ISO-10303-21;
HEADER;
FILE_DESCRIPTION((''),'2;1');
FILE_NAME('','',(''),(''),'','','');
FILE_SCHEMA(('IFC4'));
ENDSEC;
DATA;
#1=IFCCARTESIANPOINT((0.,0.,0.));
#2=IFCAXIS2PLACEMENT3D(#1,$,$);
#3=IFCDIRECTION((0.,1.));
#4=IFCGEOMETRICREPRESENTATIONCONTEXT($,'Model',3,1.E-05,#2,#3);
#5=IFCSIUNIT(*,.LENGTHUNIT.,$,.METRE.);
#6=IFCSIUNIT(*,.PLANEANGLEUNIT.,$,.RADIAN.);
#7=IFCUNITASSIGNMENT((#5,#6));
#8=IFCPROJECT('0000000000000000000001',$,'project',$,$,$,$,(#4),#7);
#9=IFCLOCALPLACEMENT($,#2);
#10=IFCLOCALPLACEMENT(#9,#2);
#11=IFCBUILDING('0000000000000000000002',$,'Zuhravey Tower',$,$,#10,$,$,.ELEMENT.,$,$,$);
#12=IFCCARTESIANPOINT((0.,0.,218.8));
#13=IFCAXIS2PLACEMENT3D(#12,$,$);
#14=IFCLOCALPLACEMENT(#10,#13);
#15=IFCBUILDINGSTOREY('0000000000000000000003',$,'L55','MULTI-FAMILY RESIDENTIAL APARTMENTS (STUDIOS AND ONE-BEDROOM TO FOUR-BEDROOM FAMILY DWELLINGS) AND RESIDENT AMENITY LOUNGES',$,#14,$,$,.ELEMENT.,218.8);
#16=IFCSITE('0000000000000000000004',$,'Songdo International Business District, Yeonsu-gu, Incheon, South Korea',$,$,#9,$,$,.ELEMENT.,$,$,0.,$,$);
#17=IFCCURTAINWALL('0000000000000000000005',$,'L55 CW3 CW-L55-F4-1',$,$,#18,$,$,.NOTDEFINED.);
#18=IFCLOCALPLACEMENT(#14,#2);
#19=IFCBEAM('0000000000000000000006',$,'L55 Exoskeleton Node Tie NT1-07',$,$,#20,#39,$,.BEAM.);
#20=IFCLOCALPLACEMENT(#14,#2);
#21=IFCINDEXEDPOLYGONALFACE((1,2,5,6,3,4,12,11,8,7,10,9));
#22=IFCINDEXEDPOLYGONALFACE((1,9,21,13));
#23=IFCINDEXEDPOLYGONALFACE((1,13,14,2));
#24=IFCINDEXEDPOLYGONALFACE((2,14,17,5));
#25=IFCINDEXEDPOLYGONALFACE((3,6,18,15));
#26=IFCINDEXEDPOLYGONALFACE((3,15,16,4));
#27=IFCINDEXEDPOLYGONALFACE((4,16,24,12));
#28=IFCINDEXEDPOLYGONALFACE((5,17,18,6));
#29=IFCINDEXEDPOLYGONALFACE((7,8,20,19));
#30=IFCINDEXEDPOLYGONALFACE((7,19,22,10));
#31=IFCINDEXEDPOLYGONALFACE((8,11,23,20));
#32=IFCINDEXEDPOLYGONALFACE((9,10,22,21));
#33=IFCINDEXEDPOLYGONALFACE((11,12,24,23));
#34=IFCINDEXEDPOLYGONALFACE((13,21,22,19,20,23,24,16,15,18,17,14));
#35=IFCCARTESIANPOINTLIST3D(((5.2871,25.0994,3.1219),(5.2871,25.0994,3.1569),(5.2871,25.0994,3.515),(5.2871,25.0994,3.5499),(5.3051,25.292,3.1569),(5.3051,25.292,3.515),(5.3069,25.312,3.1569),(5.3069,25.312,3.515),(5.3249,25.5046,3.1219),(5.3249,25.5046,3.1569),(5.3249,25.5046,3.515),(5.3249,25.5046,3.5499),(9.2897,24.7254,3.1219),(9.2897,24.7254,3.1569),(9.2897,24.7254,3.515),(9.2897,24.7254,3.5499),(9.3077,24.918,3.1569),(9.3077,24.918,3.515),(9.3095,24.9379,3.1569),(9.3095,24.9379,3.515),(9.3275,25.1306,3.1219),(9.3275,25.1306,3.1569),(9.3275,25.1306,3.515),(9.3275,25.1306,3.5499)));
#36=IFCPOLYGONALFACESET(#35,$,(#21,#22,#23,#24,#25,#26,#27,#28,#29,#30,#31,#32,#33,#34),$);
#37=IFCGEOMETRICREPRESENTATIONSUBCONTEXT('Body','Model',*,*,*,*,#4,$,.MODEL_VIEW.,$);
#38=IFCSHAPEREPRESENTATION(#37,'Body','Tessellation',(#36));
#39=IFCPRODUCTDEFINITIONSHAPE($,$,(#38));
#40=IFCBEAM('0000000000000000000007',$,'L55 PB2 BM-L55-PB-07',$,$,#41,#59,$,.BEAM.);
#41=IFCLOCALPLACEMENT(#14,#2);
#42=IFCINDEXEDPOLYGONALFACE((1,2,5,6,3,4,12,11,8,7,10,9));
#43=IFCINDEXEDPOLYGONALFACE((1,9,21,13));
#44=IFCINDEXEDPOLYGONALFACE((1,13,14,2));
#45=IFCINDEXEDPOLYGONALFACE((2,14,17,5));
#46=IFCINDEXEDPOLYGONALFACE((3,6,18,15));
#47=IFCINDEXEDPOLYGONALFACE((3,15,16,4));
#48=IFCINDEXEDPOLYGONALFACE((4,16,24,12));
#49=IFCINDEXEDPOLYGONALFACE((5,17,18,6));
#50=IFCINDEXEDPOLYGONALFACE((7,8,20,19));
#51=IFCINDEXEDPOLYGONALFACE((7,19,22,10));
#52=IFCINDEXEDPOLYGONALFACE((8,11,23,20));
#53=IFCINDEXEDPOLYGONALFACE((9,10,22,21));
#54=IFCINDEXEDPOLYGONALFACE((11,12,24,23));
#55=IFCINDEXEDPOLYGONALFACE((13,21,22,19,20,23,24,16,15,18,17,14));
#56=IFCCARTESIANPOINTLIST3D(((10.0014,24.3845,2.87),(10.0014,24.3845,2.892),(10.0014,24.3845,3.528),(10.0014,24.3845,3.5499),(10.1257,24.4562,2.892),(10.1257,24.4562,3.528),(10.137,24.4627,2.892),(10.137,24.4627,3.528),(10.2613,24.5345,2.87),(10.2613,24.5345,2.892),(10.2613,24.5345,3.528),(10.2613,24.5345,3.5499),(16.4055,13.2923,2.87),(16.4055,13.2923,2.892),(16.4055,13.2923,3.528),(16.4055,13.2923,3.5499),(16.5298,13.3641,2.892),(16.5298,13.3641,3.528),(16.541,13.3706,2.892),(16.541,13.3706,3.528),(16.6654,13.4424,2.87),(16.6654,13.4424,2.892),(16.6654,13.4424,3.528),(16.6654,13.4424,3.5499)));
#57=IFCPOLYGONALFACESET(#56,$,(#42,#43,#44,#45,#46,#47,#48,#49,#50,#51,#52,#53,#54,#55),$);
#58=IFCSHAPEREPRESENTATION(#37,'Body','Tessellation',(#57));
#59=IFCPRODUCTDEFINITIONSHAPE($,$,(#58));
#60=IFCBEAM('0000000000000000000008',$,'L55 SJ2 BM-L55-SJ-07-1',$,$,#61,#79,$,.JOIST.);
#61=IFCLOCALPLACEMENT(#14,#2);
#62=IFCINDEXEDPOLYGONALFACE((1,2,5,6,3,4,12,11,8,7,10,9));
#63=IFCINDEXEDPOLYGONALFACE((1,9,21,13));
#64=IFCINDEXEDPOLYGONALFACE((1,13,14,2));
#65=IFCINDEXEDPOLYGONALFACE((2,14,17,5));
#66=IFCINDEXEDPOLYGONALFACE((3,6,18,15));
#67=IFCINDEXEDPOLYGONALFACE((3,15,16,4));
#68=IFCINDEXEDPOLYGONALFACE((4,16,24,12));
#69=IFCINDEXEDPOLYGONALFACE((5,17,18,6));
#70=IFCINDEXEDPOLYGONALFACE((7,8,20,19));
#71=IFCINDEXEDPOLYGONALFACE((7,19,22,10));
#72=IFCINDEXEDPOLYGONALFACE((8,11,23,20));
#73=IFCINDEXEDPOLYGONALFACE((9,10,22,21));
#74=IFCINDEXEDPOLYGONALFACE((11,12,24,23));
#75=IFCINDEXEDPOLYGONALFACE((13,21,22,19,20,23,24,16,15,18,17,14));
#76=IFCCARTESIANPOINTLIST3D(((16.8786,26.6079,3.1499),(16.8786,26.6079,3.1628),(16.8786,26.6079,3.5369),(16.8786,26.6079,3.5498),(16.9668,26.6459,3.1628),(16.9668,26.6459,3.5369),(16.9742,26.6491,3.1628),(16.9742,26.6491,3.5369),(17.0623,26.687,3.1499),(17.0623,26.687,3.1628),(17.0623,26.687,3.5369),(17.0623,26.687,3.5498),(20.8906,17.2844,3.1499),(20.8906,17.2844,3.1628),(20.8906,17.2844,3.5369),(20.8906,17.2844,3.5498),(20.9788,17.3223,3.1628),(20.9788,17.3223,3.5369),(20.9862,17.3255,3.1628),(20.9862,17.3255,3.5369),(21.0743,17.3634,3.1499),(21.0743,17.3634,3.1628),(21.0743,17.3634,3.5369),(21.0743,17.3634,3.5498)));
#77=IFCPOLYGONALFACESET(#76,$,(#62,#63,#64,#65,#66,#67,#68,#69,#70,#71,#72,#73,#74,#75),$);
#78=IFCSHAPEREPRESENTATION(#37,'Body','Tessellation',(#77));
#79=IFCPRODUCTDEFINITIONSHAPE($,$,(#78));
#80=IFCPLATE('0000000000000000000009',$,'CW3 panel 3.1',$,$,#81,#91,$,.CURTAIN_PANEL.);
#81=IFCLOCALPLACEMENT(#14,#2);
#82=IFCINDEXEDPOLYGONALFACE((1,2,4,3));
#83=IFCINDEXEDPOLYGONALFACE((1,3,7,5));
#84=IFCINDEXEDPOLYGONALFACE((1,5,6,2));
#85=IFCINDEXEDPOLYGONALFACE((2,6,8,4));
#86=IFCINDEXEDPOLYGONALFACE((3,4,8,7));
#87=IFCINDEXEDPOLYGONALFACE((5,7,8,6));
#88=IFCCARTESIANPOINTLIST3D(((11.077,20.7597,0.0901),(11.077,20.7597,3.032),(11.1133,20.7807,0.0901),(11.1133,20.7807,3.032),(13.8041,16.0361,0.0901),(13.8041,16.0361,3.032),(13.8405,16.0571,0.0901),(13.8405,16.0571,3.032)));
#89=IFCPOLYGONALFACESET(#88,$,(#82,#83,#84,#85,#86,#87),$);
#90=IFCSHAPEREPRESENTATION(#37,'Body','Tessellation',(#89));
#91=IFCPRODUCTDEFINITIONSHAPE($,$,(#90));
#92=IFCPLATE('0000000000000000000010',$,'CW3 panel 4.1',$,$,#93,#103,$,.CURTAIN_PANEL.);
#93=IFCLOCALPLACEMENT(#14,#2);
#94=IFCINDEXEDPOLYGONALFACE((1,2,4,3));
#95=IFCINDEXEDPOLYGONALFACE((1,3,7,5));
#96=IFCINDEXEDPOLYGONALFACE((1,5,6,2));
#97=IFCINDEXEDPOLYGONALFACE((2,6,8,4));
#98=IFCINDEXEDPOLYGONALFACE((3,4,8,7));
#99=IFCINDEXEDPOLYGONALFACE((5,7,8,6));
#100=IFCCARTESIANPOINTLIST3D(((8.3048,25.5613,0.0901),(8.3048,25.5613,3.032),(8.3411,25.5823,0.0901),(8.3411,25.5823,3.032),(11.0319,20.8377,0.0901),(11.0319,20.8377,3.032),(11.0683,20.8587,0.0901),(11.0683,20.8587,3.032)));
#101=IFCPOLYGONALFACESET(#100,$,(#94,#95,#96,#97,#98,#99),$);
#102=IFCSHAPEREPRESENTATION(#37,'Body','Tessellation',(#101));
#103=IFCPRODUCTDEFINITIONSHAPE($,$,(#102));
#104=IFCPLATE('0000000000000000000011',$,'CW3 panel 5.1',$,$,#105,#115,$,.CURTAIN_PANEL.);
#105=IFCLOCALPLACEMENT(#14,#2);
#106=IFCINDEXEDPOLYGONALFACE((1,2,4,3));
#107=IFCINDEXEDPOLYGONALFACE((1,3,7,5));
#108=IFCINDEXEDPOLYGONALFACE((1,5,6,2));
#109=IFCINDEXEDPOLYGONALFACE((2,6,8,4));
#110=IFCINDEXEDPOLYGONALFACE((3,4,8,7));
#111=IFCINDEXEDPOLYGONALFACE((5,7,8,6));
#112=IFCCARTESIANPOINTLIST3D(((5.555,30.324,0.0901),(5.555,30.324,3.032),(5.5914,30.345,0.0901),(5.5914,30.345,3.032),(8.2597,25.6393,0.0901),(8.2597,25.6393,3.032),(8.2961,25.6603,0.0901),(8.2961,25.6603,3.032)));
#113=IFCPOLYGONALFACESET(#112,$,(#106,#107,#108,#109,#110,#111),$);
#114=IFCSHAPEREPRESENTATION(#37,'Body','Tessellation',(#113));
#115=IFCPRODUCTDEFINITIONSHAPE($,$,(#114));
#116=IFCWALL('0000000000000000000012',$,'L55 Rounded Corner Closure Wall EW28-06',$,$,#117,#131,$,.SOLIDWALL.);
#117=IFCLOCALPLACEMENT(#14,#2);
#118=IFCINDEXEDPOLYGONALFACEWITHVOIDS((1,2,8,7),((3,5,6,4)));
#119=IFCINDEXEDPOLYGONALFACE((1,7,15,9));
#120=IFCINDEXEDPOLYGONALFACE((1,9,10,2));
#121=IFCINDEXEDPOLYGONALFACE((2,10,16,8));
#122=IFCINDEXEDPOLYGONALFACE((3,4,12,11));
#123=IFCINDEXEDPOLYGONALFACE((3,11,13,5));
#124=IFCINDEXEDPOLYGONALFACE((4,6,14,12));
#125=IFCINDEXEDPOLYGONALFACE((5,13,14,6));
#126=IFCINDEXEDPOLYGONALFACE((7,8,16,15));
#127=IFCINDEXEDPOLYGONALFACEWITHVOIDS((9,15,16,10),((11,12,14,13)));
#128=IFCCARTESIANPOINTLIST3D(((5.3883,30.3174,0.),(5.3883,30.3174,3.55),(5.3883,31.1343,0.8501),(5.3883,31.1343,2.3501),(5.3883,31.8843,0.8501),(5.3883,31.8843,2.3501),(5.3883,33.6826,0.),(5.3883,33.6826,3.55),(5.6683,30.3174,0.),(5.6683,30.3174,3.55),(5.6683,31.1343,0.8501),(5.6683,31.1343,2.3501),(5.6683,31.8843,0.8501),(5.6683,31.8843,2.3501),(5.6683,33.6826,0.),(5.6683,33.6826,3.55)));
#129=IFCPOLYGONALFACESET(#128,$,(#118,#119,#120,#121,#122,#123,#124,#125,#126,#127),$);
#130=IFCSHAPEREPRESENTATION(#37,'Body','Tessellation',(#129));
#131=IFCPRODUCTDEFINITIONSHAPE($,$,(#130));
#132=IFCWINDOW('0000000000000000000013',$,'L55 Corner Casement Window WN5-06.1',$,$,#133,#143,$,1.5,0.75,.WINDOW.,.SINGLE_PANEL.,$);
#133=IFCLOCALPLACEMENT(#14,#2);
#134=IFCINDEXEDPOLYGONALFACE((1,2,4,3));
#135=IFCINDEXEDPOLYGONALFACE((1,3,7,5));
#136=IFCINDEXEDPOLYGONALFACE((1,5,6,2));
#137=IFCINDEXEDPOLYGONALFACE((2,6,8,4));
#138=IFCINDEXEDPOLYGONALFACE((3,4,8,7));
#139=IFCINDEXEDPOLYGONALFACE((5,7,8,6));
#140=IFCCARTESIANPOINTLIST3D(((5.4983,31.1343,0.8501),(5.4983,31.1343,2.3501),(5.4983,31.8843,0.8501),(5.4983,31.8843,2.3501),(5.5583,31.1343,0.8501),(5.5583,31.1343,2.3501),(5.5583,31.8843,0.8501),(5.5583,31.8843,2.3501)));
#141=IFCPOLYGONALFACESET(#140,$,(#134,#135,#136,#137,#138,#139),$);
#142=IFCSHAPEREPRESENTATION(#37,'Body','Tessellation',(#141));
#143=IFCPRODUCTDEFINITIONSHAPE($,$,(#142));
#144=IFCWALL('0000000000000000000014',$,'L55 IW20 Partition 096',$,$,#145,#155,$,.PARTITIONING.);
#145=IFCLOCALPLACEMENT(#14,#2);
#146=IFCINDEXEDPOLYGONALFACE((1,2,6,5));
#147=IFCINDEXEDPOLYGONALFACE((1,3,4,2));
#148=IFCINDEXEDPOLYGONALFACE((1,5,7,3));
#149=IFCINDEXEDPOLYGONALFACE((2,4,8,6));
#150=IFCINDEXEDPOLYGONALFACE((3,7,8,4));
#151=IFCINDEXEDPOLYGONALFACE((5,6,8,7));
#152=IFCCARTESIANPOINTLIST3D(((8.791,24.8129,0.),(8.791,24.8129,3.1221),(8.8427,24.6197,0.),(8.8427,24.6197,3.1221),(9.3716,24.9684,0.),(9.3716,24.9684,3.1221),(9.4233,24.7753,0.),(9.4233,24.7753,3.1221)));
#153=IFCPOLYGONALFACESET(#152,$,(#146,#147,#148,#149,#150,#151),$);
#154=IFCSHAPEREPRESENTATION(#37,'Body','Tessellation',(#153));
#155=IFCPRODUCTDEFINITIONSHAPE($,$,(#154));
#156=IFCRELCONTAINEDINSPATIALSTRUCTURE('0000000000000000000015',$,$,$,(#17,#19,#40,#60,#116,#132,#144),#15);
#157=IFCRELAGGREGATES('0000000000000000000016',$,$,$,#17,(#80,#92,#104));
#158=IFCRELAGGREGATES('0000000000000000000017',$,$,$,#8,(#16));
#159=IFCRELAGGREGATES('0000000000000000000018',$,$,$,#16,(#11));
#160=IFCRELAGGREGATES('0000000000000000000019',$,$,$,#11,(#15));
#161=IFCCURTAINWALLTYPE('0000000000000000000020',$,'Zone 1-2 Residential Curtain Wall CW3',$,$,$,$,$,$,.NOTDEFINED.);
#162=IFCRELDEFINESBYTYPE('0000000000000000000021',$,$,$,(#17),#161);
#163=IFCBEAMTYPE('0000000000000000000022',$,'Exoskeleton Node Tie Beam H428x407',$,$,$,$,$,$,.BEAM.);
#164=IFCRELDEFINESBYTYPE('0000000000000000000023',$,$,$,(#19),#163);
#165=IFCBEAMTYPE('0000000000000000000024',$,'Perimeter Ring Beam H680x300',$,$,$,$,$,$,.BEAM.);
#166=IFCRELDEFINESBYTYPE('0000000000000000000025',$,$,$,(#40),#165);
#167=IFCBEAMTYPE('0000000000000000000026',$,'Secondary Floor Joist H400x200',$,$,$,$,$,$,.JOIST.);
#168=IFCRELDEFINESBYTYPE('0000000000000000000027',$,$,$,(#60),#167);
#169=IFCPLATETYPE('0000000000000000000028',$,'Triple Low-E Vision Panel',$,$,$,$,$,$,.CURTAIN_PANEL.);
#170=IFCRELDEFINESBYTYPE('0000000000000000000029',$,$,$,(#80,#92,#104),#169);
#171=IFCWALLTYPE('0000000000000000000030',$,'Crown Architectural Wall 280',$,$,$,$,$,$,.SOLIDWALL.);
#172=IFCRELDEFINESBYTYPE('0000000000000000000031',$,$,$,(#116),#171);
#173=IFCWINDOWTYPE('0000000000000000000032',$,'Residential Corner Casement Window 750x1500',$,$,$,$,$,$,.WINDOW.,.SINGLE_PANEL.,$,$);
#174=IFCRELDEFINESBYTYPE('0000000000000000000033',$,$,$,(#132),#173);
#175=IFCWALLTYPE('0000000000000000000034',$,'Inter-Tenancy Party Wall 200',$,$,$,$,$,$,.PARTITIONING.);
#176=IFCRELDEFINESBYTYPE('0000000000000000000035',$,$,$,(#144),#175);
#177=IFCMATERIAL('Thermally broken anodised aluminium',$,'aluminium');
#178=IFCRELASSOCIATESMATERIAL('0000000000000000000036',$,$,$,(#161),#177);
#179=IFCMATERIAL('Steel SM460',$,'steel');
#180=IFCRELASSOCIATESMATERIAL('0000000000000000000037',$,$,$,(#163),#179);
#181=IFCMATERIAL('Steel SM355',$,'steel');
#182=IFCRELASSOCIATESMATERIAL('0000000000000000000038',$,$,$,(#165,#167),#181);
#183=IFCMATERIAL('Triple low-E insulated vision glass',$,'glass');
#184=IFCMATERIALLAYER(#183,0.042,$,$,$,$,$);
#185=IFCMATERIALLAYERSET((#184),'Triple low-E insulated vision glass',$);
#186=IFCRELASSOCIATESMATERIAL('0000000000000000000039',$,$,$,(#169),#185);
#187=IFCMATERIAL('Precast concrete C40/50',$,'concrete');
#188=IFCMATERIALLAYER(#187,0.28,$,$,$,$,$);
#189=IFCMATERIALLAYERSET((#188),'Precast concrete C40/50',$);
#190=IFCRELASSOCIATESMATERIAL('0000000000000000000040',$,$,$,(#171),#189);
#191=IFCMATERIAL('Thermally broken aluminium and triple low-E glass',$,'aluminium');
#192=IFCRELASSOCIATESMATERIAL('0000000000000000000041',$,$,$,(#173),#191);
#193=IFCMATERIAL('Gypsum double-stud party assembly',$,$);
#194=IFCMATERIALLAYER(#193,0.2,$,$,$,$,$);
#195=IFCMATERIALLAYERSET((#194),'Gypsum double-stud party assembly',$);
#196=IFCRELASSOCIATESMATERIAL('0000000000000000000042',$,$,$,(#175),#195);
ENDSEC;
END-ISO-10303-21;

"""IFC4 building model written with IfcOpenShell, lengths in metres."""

from ifc_helpers import new_model, si_unit, direction, frame, frame_2d, origin, origin_2d, place, context, subcontext, project, spatial, rectangle, i_section, extrude, material, layer, layer_set, material_profile, profile_set, type_object, element, fill, aggregate, save


model = new_model("IFC4")

# Units and contexts
model_context = context("Model", 3, precision=1e-05, world=origin(), true_north=direction((0.0, 1.0)))
body_context = subcontext(model_context, "Body", "Model", "MODEL_VIEW")
ifc_project = project(units=[si_unit("LENGTHUNIT", "METRE"), si_unit("PLANEANGLEUNIT", "RADIAN")], contexts=[model_context])

# Site, building, storey
site_placement = place(None, origin())
site = spatial("IfcSite", under=ifc_project, at=site_placement, Name="Songdo International Business District, Yeonsu-gu, Incheon, South Korea", CompositionType="ELEMENT", RefElevation=0.0)
building_placement = place(site_placement, origin())
building = spatial("IfcBuilding", under=site, at=building_placement, Name="Zuhravey Tower", CompositionType="ELEMENT")
storey_placement = place(building_placement, frame((0.0, 0.0, 218.8)))
storey = spatial("IfcBuildingStorey", under=building, at=storey_placement, Name="L55", Description="MULTI-FAMILY RESIDENTIAL APARTMENTS (STUDIOS AND ONE-BEDROOM TO FOUR-BEDROOM FAMILY DWELLINGS) AND RESIDENT AMENITY LOUNGES", CompositionType="ELEMENT", Elevation=218.8)

# Curtain wall
ifc_material_1 = material(Name="Thermally broken anodised aluminium", Category="aluminium")
curtain_wall_type = type_object("IfcCurtainWallType", Name="Zone 1-2 Residential Curtain Wall CW3", PredefinedType="NOTDEFINED", material=ifc_material_1)
curtain_wall_placement = place(storey_placement, origin())
curtain_wall = element("IfcCurtainWall", 1, at=curtain_wall_placement, inside=storey, type_object=curtain_wall_type, Name="L55 CW3 CW-L55-F4-1", PredefinedType="NOTDEFINED")

# Beams
ifc_material_2 = material(Name="Steel SM460", Category="steel")
ifc_material_profile_1 = material_profile(ifc_material_2, i_section(OverallWidth=0.407, OverallDepth=0.428, WebThickness=0.02, FlangeThickness=0.0349, at=origin_2d()), Name="H-428x407x20x35")
ifc_profile_set_1 = profile_set([ifc_material_profile_1], Name="Steel SM460")
beam_type_1 = type_object("IfcBeamType", Name="Exoskeleton Node Tie Beam H428x407", PredefinedType="BEAM", material=ifc_profile_set_1)
beam_1_placement = place(storey_placement, frame((9.3086, 24.928, 3.3359), z_axis=(-0.995663, 0.093038, 0.0), x_axis=(-0.093038, -0.995663, 0.0)))
element("IfcBeam", 2, at=beam_1_placement, inside=storey, type_object=beam_type_1, Name="L55 Exoskeleton Node Tie NT1-07", PredefinedType="BEAM", context=body_context, shape_type="SweptSolid", body=[
    extrude(i_section(OverallWidth=0.407, OverallDepth=0.428, WebThickness=0.02, FlangeThickness=0.0349, at=origin_2d()), origin(), (0.0, 0.0, 1.0), 4.02),
])
ifc_material_3 = material(Name="Steel SM355", Category="steel")
ifc_material_profile_2 = material_profile(ifc_material_3, i_section(OverallWidth=0.3, OverallDepth=0.6799, WebThickness=0.0129, FlangeThickness=0.022, at=origin_2d()), Name="H-680x300x13x22")
ifc_profile_set_2 = profile_set([ifc_material_profile_2], Name="Steel SM355")
beam_type_2 = type_object("IfcBeamType", Name="Perimeter Ring Beam H680x300", PredefinedType="BEAM", material=ifc_profile_set_2)
beam_2_placement = place(storey_placement, frame((10.1313, 24.4595, 3.21), z_axis=(0.500004, -0.866023, 0.0), x_axis=(0.866023, 0.500004, 0.0)))
element("IfcBeam", 3, at=beam_2_placement, inside=storey, type_object=beam_type_2, Name="L55 PB2 BM-L55-PB-07", PredefinedType="BEAM", context=body_context, shape_type="SweptSolid", body=[
    extrude(i_section(OverallWidth=0.3, OverallDepth=0.6799, WebThickness=0.0129, FlangeThickness=0.022, at=origin_2d()), origin(), (0.0, 0.0, 1.0), 12.8081),
])
ifc_material_profile_3 = material_profile(ifc_material_3, i_section(OverallWidth=0.2, OverallDepth=0.3999, WebThickness=0.0081, FlangeThickness=0.0129, at=origin_2d()), Name="H-400x200x8x13")
ifc_profile_set_3 = profile_set([ifc_material_profile_3], Name="Steel SM355")
beam_type_3 = type_object("IfcBeamType", Name="Secondary Floor Joist H400x200", PredefinedType="JOIST", material=ifc_profile_set_3)
beam_3_placement = place(storey_placement, frame((16.9705, 26.6475, 3.3499), z_axis=(0.395266, -0.918567, 0.0), x_axis=(0.918567, 0.395266, 0.0)))
element("IfcBeam", 4, at=beam_3_placement, inside=storey, type_object=beam_type_3, Name="L55 SJ2 BM-L55-SJ-07-1", PredefinedType="JOIST", context=body_context, shape_type="SweptSolid", body=[
    extrude(i_section(OverallWidth=0.2, OverallDepth=0.3999, WebThickness=0.0081, FlangeThickness=0.0129, at=origin_2d()), origin(), (0.0, 0.0, 1.0), 10.1501),
])

# Plates
ifc_material_4 = material(Name="Triple low-E insulated vision glass", Category="glass")
ifc_layer_1 = layer(ifc_material_4, 0.042)
ifc_layer_set_1 = layer_set([ifc_layer_1], Name="Triple low-E insulated vision glass")
plate_type = type_object("IfcPlateType", Name="Triple Low-E Vision Panel", PredefinedType="CURTAIN_PANEL", material=ifc_layer_set_1)
plate_1_placement = place(storey_placement, frame((12.4587, 18.4084, 0.0901), z_axis=(0.0, 0.0, 1.0), x_axis=(-0.5, 0.866025, 0.0)))
plate_1 = element("IfcPlate", 5, at=plate_1_placement, type_object=plate_type, Name="CW3 panel 3.1", PredefinedType="CURTAIN_PANEL", context=body_context, shape_type="SweptSolid", body=[
    extrude(rectangle(XDim=5.4543, YDim=0.042, at=origin_2d()), origin(), (0.0, 0.0, 1.0), 2.9419),
])
plate_2_placement = place(storey_placement, frame((9.6865, 23.21, 0.0901), z_axis=(0.0, 0.0, 1.0), x_axis=(-0.5, 0.866025, 0.0)))
plate_2 = element("IfcPlate", 6, at=plate_2_placement, type_object=plate_type, Name="CW3 panel 4.1", PredefinedType="CURTAIN_PANEL", context=body_context, shape_type="SweptSolid", body=[
    extrude(rectangle(XDim=5.4543, YDim=0.042, at=origin_2d()), origin(), (0.0, 0.0, 1.0), 2.9419),
])
plate_3_placement = place(storey_placement, frame((6.9255, 27.9922, 0.0901), z_axis=(0.0, 0.0, 1.0), x_axis=(-0.5, 0.866025, 0.0)))
plate_3 = element("IfcPlate", 7, at=plate_3_placement, type_object=plate_type, Name="CW3 panel 5.1", PredefinedType="CURTAIN_PANEL", context=body_context, shape_type="SweptSolid", body=[
    extrude(rectangle(XDim=5.4094, YDim=0.042, at=origin_2d()), origin(), (0.0, 0.0, 1.0), 2.9419),
])
aggregate(curtain_wall, [plate_1, plate_2, plate_3])

# Wall, opening, window
ifc_material_5 = material(Name="Precast concrete C40/50", Category="concrete")
ifc_layer_2 = layer(ifc_material_5, 0.28)
ifc_layer_set_2 = layer_set([ifc_layer_2], Name="Precast concrete C40/50")
wall_type_1 = type_object("IfcWallType", Name="Crown Architectural Wall 280", PredefinedType="SOLIDWALL", material=ifc_layer_set_2)
wall_1_placement = place(storey_placement, frame((5.5283, 30.3174, 0.0), z_axis=(0.0, 0.0, 1.0), x_axis=(0.0, 1.0, 0.0)))
wall_1 = element("IfcWall", 8, at=wall_1_placement, inside=storey, type_object=wall_type_1, Name="L55 Rounded Corner Closure Wall EW28-06", PredefinedType="SOLIDWALL", context=body_context, shape_type="SweptSolid", body=[
    extrude(rectangle(XDim=3.3652, YDim=0.28, at=frame_2d((1.6826, 0.0))), origin(), (0.0, 0.0, 1.0), 3.55),
])
opening_1_placement = place(wall_1_placement, frame((0.8169, 0.0, 0.8501)))
opening_1 = element("IfcOpeningElement", 9, at=opening_1_placement, cuts=wall_1, PredefinedType="OPENING", context=body_context, shape_type="SweptSolid", body=[
    extrude(rectangle(XDim=0.75, YDim=1.5, at=frame_2d((0.375, 0.75))), frame((0.0, 0.1521, 0.0), z_axis=(0.0, -1.0, 0.0), x_axis=(1.0, 0.0, 0.0)), (0.0, 0.0, 1.0), 0.304),
])
ifc_material_6 = material(Name="Thermally broken aluminium and triple low-E glass", Category="aluminium")
window_type = type_object("IfcWindowType", Name="Residential Corner Casement Window 750x1500", PartitioningType="SINGLE_PANEL", PredefinedType="WINDOW", material=ifc_material_6)
window_placement = place(opening_1_placement, origin())
window = element("IfcWindow", 10, at=window_placement, inside=storey, type_object=window_type, Name="L55 Corner Casement Window WN5-06.1", OverallHeight=1.5, OverallWidth=0.75, PartitioningType="SINGLE_PANEL", PredefinedType="WINDOW", context=body_context, shape_type="SweptSolid", body=[
    extrude(rectangle(XDim=0.75, YDim=1.5, at=frame_2d((0.375, 0.75))), frame((0.0, 0.03, 0.0), z_axis=(0.0, -1.0, 0.0), x_axis=(1.0, 0.0, 0.0)), (0.0, 0.0, 1.0), 0.0601),
])
fill(opening_1, window)

# Wall
ifc_material_7 = material(Name="Gypsum double-stud party assembly")
ifc_layer_3 = layer(ifc_material_7, 0.2)
ifc_layer_set_3 = layer_set([ifc_layer_3], Name="Gypsum double-stud party assembly")
wall_type_2 = type_object("IfcWallType", Name="Inter-Tenancy Party Wall 200", PredefinedType="PARTITIONING", material=ifc_layer_set_3)
wall_2_placement = place(storey_placement, frame((9.3975, 24.8718, 0.0), z_axis=(0.0, 0.0, 1.0), x_axis=(-0.965944, -0.25875, 0.0)))
element("IfcWall", 11, at=wall_2_placement, inside=storey, type_object=wall_type_2, Name="L55 IW20 Partition 096", PredefinedType="PARTITIONING", context=body_context, shape_type="SweptSolid", body=[
    extrude(rectangle(XDim=0.6011, YDim=0.2, at=frame_2d((0.3005, 0.0))), origin(), (0.0, 0.0, 1.0), 3.1221),
])

save(model, "model.ifc")
